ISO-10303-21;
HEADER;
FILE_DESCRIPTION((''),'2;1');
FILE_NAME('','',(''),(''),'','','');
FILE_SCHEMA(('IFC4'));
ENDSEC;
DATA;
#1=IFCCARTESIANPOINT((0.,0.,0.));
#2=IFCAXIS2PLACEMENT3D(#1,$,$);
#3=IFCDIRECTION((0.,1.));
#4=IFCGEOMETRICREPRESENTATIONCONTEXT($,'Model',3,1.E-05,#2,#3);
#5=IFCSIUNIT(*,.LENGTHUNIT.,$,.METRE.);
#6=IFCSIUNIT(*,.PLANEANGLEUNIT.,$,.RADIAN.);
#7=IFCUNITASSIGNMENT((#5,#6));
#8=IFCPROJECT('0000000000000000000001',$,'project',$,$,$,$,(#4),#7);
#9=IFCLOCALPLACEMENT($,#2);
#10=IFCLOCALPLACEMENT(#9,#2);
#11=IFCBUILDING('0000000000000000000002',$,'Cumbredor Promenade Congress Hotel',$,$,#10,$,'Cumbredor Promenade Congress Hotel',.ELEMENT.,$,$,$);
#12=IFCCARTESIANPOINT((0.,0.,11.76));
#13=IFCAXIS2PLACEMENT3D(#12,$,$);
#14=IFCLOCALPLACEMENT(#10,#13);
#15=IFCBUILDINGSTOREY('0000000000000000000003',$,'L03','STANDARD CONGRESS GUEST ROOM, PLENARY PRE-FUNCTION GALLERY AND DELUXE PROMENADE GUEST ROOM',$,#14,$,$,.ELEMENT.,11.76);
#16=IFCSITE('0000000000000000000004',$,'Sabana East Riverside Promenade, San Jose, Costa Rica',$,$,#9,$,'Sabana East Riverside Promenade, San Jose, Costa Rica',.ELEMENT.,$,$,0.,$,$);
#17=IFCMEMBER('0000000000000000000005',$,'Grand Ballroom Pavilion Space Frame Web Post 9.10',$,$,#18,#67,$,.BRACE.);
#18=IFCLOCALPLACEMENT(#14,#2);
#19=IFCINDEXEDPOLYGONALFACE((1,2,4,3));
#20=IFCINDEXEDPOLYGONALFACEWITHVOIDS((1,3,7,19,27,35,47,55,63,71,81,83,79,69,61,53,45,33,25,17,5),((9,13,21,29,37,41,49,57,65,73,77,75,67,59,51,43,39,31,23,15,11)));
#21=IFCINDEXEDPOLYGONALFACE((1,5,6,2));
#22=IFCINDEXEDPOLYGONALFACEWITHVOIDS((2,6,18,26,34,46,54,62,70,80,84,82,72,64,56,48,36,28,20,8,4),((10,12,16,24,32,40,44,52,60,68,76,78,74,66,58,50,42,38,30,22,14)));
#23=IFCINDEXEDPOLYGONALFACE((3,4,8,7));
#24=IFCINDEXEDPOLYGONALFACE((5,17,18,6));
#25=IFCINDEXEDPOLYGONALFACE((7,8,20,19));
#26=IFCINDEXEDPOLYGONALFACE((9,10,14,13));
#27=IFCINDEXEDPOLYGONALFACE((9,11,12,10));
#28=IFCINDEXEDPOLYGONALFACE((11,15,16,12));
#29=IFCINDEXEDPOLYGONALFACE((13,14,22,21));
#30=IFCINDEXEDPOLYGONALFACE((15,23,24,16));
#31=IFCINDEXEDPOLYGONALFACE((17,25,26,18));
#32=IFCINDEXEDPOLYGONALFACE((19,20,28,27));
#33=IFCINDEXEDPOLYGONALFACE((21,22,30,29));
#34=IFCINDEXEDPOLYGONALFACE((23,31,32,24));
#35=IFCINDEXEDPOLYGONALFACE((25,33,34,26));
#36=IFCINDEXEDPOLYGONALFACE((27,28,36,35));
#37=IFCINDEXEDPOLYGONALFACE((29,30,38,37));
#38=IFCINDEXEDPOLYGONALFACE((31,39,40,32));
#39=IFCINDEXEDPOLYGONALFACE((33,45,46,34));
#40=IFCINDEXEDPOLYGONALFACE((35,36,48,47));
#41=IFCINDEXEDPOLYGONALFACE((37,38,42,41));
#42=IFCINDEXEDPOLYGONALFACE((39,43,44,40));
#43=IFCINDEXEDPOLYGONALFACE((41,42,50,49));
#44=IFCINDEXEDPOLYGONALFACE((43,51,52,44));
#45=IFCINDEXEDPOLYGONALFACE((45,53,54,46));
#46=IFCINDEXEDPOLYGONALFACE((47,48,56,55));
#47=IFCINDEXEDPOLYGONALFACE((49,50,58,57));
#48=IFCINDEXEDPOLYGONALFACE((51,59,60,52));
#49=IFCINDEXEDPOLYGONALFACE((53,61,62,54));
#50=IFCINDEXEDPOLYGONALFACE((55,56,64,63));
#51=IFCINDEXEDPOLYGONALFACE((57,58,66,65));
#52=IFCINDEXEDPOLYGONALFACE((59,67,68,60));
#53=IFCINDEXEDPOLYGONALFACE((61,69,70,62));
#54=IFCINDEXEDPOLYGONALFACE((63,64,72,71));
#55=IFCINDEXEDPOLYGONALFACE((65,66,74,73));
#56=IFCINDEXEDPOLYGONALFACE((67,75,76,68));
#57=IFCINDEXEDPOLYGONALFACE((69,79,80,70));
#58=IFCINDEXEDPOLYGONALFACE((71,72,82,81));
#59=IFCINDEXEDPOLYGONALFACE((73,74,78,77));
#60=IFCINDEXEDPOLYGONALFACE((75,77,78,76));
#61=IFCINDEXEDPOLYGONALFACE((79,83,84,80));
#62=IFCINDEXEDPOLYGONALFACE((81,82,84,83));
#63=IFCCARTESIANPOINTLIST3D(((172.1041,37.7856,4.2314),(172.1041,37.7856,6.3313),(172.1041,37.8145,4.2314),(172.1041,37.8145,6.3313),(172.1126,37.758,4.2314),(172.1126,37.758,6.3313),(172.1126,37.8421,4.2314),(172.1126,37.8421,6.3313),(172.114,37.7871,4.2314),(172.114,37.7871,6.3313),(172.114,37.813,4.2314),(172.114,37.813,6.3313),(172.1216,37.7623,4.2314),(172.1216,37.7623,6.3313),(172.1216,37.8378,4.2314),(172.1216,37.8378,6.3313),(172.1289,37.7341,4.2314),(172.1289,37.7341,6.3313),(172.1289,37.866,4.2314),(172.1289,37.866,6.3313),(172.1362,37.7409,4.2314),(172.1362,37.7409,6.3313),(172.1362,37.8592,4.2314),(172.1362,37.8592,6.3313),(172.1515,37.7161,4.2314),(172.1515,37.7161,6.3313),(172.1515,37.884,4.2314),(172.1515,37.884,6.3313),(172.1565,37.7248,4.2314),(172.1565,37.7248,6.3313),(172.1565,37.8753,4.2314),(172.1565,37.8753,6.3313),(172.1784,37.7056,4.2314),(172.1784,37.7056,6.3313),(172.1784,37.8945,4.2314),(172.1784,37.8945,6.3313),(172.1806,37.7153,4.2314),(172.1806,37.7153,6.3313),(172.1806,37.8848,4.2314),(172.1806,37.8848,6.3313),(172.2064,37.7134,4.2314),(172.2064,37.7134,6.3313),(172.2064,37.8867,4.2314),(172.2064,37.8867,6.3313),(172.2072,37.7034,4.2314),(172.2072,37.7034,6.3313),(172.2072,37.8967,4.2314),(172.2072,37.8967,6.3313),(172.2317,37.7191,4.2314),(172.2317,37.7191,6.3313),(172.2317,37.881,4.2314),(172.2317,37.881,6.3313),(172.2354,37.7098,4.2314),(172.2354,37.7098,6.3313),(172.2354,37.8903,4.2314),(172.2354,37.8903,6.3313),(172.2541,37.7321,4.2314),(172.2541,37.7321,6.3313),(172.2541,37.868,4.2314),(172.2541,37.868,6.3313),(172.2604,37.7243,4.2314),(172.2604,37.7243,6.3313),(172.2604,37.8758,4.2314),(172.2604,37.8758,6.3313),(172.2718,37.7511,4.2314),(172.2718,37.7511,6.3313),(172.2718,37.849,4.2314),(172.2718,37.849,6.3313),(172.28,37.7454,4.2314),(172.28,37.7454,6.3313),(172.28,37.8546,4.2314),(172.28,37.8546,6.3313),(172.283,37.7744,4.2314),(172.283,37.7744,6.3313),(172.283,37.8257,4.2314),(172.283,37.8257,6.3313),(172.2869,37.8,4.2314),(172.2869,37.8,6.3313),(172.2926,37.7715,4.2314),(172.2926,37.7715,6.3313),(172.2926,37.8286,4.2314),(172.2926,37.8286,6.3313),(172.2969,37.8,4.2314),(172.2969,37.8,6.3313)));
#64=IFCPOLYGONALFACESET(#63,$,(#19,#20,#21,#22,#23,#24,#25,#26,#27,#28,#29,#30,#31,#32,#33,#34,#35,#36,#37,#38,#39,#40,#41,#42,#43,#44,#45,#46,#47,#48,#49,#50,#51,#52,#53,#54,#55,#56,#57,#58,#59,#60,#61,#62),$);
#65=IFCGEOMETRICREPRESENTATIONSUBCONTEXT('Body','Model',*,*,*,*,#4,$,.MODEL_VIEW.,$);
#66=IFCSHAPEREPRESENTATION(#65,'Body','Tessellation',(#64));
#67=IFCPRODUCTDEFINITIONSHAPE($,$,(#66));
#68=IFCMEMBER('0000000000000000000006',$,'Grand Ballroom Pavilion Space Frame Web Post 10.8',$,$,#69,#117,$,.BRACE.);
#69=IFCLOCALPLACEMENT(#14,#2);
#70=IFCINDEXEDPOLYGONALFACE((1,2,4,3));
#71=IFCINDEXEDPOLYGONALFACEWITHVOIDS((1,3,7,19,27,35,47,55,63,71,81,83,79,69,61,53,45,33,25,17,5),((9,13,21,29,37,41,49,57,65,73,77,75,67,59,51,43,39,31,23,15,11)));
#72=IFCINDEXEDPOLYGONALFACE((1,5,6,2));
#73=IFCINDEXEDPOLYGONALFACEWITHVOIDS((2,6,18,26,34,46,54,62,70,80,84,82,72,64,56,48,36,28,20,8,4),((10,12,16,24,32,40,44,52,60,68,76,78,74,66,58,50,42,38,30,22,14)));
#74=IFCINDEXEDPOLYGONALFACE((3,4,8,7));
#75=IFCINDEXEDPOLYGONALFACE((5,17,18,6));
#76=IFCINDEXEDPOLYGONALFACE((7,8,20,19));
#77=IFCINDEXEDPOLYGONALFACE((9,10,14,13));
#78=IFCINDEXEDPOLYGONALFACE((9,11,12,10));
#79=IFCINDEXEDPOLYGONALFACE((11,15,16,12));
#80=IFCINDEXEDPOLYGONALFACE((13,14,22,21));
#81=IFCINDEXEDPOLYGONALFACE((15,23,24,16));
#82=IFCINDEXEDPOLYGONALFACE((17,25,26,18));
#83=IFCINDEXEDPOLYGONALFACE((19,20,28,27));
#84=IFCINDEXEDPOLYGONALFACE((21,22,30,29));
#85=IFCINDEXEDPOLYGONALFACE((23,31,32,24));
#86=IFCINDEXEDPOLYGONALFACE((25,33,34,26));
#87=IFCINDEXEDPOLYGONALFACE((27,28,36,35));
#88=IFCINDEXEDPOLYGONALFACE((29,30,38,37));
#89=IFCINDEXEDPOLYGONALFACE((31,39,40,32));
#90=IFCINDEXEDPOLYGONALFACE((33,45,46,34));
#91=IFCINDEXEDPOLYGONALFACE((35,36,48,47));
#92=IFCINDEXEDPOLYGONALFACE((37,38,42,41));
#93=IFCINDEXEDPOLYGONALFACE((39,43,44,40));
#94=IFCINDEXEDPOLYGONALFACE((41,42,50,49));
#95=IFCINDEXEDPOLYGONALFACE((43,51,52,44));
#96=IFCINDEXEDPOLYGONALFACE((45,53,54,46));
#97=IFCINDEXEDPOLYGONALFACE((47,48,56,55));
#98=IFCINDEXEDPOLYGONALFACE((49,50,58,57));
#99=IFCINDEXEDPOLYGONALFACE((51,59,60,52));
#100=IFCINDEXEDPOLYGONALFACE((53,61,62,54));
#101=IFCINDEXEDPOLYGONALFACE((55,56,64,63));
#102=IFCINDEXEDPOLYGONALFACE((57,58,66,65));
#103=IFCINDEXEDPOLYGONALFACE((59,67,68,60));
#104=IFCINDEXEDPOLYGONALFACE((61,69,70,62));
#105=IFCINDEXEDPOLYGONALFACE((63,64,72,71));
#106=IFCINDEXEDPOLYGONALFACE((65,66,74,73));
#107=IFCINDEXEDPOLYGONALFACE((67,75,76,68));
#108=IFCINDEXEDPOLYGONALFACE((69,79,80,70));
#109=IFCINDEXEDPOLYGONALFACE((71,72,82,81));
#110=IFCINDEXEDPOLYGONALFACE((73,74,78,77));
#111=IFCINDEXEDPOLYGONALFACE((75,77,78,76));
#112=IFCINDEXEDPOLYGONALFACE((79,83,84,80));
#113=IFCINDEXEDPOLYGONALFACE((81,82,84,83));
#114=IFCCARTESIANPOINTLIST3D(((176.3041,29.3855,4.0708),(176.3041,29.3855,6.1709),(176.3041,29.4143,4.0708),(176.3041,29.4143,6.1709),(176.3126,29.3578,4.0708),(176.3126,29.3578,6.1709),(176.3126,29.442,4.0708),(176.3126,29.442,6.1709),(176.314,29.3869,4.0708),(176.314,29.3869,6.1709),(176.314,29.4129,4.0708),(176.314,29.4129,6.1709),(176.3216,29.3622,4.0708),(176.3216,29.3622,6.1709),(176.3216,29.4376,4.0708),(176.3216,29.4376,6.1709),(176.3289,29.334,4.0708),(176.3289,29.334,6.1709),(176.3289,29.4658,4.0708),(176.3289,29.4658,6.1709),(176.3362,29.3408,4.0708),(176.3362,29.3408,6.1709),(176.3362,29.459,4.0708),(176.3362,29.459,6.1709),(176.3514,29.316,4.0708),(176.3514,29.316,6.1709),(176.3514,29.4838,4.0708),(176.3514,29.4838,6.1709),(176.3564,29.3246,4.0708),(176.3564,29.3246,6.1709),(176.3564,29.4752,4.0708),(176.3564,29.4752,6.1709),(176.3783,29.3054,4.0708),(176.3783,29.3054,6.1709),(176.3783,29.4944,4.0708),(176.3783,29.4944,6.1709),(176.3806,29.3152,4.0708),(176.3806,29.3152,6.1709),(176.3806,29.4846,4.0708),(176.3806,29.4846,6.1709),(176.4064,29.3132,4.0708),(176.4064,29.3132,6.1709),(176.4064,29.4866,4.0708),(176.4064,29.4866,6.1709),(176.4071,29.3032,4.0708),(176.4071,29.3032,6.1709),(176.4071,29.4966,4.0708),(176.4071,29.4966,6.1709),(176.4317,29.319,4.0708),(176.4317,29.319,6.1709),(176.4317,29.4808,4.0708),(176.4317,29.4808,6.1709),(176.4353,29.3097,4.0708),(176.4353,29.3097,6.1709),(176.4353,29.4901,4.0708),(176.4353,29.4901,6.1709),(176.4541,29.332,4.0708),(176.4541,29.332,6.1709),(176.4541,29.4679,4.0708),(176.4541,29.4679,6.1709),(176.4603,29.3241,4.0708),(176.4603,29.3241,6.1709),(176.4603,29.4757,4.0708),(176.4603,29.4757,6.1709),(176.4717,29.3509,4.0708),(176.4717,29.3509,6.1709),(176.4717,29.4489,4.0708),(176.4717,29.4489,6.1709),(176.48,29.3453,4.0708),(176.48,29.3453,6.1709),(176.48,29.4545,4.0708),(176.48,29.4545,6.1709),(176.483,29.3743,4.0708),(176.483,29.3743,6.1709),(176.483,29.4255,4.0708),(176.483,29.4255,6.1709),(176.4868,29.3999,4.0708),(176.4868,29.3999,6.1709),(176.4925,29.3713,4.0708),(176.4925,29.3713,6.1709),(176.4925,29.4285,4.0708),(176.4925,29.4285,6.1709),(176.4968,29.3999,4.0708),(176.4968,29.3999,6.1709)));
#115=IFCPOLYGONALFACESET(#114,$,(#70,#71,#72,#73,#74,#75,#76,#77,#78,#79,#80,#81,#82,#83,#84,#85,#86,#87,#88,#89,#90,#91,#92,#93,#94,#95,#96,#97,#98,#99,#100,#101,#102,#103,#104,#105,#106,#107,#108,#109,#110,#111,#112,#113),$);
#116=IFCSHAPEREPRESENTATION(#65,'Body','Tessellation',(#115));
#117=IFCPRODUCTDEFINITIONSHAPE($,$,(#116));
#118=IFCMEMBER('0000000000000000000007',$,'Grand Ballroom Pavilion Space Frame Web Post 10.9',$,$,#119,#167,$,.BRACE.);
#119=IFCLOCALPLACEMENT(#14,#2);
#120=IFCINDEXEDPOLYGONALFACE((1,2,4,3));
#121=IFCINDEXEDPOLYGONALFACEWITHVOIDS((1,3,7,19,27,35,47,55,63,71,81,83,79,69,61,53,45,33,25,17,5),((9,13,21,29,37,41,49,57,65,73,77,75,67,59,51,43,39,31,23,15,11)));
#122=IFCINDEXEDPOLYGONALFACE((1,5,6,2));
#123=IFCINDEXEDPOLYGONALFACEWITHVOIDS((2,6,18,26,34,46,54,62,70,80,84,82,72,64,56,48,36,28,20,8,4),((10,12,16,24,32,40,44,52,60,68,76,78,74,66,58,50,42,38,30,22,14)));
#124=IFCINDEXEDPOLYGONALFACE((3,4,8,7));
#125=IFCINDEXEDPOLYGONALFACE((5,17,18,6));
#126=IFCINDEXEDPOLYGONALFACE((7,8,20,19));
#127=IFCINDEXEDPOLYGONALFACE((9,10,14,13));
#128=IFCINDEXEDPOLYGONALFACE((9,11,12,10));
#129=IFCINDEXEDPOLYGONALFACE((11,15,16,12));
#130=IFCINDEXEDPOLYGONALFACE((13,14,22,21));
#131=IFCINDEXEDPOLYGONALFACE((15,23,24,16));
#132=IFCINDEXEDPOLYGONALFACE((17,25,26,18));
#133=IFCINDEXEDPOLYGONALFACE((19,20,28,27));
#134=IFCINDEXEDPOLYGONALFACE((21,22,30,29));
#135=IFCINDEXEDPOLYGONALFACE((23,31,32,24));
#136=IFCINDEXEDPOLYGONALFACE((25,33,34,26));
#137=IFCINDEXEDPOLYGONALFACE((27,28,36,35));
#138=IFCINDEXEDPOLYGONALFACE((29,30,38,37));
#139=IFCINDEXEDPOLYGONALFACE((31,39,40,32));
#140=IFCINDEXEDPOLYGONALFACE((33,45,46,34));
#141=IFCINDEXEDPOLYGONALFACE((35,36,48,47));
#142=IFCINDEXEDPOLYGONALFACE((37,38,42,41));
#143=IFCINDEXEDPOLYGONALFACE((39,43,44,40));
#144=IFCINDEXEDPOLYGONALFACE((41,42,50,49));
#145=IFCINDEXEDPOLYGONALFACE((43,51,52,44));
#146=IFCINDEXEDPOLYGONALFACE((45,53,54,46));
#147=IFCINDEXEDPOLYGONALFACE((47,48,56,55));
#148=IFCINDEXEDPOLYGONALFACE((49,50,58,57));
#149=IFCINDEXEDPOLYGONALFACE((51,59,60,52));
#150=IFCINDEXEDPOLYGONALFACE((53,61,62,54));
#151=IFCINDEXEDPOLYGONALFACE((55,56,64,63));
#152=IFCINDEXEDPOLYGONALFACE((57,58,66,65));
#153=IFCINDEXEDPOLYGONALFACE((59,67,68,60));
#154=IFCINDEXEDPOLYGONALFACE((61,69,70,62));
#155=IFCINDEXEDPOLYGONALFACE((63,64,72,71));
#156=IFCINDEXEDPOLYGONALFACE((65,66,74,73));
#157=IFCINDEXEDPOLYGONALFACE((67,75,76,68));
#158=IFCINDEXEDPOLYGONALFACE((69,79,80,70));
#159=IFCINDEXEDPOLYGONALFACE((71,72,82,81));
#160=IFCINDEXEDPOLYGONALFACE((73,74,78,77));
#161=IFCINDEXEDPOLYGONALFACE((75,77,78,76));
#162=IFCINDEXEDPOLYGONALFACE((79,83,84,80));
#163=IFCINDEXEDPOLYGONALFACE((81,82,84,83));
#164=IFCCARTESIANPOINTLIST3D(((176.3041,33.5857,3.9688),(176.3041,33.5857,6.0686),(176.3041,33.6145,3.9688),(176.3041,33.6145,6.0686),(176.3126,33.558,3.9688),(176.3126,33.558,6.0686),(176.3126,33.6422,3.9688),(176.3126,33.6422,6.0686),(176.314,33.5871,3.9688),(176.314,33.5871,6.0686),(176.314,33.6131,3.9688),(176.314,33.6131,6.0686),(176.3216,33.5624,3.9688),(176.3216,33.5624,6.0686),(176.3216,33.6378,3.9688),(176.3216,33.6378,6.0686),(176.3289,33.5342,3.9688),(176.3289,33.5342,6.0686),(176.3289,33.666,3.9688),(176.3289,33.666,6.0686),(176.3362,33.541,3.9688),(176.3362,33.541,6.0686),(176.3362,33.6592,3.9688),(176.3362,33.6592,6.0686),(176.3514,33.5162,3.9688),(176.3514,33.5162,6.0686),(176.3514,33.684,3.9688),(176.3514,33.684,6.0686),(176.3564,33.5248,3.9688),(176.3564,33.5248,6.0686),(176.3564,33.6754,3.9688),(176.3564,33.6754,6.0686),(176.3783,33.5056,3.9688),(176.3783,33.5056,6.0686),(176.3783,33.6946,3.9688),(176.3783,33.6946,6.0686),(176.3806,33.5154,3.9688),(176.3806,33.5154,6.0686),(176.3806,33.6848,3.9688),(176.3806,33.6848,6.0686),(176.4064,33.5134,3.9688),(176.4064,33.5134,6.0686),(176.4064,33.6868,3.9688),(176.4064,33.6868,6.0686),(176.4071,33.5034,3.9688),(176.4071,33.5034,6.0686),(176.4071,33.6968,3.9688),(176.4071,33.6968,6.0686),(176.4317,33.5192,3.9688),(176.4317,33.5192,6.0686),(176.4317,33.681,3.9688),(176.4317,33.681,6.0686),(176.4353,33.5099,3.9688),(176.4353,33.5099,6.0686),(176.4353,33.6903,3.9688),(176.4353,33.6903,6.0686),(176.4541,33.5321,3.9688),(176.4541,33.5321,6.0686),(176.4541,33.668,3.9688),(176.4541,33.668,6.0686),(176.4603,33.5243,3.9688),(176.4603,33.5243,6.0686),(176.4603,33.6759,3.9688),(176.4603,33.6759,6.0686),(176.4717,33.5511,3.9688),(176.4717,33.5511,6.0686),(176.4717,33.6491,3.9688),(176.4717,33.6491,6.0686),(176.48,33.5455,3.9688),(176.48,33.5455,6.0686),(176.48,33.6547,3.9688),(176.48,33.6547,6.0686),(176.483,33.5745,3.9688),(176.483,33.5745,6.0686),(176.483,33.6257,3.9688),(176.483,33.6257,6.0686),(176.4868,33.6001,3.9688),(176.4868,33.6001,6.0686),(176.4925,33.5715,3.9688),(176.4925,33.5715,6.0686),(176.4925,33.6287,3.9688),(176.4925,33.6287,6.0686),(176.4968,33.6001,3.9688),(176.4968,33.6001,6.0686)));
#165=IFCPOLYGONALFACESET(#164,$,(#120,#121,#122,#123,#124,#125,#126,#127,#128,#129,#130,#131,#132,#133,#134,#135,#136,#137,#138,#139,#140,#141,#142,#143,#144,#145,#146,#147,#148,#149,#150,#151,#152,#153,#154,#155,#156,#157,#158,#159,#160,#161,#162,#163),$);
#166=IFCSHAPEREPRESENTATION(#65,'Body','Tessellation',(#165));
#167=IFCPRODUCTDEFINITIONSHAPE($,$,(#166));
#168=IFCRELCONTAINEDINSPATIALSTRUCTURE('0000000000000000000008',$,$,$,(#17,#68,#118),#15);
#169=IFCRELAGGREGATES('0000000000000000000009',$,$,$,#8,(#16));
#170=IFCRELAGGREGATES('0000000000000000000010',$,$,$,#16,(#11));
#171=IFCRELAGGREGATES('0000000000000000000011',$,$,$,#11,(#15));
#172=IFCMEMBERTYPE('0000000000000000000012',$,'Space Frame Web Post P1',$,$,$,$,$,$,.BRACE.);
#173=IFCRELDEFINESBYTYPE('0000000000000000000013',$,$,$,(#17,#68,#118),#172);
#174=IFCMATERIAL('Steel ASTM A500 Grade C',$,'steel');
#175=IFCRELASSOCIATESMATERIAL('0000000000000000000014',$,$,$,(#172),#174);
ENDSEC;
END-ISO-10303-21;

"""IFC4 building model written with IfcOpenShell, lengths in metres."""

from ifc_helpers import new_model, si_unit, direction, frame, origin, origin_2d, place, context, subcontext, project, spatial, hollow_circle, extrude, material, material_profile, profile_set, type_object, element, save


model = new_model("IFC4")

# Units and contexts
model_context = context("Model", 3, precision=1e-05, world=origin(), true_north=direction((0.0, 1.0)))
body_context = subcontext(model_context, "Body", "Model", "MODEL_VIEW")
ifc_project = project(units=[si_unit("LENGTHUNIT", "METRE"), si_unit("PLANEANGLEUNIT", "RADIAN")], contexts=[model_context])

# Site, building, storey
site_placement = place(None, origin())
site = spatial("IfcSite", under=ifc_project, at=site_placement, Name="Sabana East Riverside Promenade, San Jose, Costa Rica", LongName="Sabana East Riverside Promenade, San Jose, Costa Rica", CompositionType="ELEMENT", RefElevation=0.0)
building_placement = place(site_placement, origin())
building = spatial("IfcBuilding", under=site, at=building_placement, Name="Cumbredor Promenade Congress Hotel", LongName="Cumbredor Promenade Congress Hotel", CompositionType="ELEMENT")
storey_placement = place(building_placement, frame((0.0, 0.0, 11.76)))
storey = spatial("IfcBuildingStorey", under=building, at=storey_placement, Name="L03", Description="STANDARD CONGRESS GUEST ROOM, PLENARY PRE-FUNCTION GALLERY AND DELUXE PROMENADE GUEST ROOM", CompositionType="ELEMENT", Elevation=11.76)

# Members
ifc_material_1 = material(Name="Steel ASTM A500 Grade C", Category="steel")
ifc_material_profile_1 = material_profile(ifc_material_1, hollow_circle(Radius=0.0969, WallThickness=0.01, at=origin_2d()), Name="CHS 193.7x10")
ifc_profile_set_1 = profile_set([ifc_material_profile_1], Name="Steel ASTM A500 Grade C")
member_type_1 = type_object("IfcMemberType", Name="Space Frame Web Post P1", PredefinedType="BRACE", material=ifc_profile_set_1)
member_1_placement = place(storey_placement, frame((172.2, 37.8, 4.2314), z_axis=(0.0, 0.0, 1.0), x_axis=(1.0, 0.0, 0.0)))
element("IfcMember", 1, at=member_1_placement, inside=storey, type_object=member_type_1, Name="Grand Ballroom Pavilion Space Frame Web Post 9.10", PredefinedType="BRACE", context=body_context, shape_type="SweptSolid", body=[
    extrude(hollow_circle(Radius=0.0969, WallThickness=0.01, at=origin_2d()), origin(), (0.0, 0.0, 1.0), 2.0999),
])
member_2_placement = place(storey_placement, frame((176.3999, 29.3999, 4.0708), z_axis=(0.0, 0.0, 1.0), x_axis=(1.0, 0.0, 0.0)))
element("IfcMember", 2, at=member_2_placement, inside=storey, type_object=member_type_1, Name="Grand Ballroom Pavilion Space Frame Web Post 10.8", PredefinedType="BRACE", context=body_context, shape_type="SweptSolid", body=[
    extrude(hollow_circle(Radius=0.0969, WallThickness=0.01, at=origin_2d()), origin(), (0.0, 0.0, 1.0), 2.1001),
])
for number, where, z_axis, x_axis, name in (
    (3, (176.3999, 33.6001, 3.9688), (0.0, 0.0, 1.0), (1.0, 0.0, 0.0), "Grand Ballroom Pavilion Space Frame Web Post 10.9"),
):
    element("IfcMember", number, at=place(storey_placement, frame(where, z_axis=z_axis, x_axis=x_axis)), inside=storey, type_object=member_type_1, Name=name, PredefinedType="BRACE", context=body_context, shape_type="SweptSolid", body=[
        extrude(hollow_circle(Radius=0.0969, WallThickness=0.01, at=origin_2d()), origin(), (0.0, 0.0, 1.0), 2.0999),
    ])

save(model, "model.ifc")
